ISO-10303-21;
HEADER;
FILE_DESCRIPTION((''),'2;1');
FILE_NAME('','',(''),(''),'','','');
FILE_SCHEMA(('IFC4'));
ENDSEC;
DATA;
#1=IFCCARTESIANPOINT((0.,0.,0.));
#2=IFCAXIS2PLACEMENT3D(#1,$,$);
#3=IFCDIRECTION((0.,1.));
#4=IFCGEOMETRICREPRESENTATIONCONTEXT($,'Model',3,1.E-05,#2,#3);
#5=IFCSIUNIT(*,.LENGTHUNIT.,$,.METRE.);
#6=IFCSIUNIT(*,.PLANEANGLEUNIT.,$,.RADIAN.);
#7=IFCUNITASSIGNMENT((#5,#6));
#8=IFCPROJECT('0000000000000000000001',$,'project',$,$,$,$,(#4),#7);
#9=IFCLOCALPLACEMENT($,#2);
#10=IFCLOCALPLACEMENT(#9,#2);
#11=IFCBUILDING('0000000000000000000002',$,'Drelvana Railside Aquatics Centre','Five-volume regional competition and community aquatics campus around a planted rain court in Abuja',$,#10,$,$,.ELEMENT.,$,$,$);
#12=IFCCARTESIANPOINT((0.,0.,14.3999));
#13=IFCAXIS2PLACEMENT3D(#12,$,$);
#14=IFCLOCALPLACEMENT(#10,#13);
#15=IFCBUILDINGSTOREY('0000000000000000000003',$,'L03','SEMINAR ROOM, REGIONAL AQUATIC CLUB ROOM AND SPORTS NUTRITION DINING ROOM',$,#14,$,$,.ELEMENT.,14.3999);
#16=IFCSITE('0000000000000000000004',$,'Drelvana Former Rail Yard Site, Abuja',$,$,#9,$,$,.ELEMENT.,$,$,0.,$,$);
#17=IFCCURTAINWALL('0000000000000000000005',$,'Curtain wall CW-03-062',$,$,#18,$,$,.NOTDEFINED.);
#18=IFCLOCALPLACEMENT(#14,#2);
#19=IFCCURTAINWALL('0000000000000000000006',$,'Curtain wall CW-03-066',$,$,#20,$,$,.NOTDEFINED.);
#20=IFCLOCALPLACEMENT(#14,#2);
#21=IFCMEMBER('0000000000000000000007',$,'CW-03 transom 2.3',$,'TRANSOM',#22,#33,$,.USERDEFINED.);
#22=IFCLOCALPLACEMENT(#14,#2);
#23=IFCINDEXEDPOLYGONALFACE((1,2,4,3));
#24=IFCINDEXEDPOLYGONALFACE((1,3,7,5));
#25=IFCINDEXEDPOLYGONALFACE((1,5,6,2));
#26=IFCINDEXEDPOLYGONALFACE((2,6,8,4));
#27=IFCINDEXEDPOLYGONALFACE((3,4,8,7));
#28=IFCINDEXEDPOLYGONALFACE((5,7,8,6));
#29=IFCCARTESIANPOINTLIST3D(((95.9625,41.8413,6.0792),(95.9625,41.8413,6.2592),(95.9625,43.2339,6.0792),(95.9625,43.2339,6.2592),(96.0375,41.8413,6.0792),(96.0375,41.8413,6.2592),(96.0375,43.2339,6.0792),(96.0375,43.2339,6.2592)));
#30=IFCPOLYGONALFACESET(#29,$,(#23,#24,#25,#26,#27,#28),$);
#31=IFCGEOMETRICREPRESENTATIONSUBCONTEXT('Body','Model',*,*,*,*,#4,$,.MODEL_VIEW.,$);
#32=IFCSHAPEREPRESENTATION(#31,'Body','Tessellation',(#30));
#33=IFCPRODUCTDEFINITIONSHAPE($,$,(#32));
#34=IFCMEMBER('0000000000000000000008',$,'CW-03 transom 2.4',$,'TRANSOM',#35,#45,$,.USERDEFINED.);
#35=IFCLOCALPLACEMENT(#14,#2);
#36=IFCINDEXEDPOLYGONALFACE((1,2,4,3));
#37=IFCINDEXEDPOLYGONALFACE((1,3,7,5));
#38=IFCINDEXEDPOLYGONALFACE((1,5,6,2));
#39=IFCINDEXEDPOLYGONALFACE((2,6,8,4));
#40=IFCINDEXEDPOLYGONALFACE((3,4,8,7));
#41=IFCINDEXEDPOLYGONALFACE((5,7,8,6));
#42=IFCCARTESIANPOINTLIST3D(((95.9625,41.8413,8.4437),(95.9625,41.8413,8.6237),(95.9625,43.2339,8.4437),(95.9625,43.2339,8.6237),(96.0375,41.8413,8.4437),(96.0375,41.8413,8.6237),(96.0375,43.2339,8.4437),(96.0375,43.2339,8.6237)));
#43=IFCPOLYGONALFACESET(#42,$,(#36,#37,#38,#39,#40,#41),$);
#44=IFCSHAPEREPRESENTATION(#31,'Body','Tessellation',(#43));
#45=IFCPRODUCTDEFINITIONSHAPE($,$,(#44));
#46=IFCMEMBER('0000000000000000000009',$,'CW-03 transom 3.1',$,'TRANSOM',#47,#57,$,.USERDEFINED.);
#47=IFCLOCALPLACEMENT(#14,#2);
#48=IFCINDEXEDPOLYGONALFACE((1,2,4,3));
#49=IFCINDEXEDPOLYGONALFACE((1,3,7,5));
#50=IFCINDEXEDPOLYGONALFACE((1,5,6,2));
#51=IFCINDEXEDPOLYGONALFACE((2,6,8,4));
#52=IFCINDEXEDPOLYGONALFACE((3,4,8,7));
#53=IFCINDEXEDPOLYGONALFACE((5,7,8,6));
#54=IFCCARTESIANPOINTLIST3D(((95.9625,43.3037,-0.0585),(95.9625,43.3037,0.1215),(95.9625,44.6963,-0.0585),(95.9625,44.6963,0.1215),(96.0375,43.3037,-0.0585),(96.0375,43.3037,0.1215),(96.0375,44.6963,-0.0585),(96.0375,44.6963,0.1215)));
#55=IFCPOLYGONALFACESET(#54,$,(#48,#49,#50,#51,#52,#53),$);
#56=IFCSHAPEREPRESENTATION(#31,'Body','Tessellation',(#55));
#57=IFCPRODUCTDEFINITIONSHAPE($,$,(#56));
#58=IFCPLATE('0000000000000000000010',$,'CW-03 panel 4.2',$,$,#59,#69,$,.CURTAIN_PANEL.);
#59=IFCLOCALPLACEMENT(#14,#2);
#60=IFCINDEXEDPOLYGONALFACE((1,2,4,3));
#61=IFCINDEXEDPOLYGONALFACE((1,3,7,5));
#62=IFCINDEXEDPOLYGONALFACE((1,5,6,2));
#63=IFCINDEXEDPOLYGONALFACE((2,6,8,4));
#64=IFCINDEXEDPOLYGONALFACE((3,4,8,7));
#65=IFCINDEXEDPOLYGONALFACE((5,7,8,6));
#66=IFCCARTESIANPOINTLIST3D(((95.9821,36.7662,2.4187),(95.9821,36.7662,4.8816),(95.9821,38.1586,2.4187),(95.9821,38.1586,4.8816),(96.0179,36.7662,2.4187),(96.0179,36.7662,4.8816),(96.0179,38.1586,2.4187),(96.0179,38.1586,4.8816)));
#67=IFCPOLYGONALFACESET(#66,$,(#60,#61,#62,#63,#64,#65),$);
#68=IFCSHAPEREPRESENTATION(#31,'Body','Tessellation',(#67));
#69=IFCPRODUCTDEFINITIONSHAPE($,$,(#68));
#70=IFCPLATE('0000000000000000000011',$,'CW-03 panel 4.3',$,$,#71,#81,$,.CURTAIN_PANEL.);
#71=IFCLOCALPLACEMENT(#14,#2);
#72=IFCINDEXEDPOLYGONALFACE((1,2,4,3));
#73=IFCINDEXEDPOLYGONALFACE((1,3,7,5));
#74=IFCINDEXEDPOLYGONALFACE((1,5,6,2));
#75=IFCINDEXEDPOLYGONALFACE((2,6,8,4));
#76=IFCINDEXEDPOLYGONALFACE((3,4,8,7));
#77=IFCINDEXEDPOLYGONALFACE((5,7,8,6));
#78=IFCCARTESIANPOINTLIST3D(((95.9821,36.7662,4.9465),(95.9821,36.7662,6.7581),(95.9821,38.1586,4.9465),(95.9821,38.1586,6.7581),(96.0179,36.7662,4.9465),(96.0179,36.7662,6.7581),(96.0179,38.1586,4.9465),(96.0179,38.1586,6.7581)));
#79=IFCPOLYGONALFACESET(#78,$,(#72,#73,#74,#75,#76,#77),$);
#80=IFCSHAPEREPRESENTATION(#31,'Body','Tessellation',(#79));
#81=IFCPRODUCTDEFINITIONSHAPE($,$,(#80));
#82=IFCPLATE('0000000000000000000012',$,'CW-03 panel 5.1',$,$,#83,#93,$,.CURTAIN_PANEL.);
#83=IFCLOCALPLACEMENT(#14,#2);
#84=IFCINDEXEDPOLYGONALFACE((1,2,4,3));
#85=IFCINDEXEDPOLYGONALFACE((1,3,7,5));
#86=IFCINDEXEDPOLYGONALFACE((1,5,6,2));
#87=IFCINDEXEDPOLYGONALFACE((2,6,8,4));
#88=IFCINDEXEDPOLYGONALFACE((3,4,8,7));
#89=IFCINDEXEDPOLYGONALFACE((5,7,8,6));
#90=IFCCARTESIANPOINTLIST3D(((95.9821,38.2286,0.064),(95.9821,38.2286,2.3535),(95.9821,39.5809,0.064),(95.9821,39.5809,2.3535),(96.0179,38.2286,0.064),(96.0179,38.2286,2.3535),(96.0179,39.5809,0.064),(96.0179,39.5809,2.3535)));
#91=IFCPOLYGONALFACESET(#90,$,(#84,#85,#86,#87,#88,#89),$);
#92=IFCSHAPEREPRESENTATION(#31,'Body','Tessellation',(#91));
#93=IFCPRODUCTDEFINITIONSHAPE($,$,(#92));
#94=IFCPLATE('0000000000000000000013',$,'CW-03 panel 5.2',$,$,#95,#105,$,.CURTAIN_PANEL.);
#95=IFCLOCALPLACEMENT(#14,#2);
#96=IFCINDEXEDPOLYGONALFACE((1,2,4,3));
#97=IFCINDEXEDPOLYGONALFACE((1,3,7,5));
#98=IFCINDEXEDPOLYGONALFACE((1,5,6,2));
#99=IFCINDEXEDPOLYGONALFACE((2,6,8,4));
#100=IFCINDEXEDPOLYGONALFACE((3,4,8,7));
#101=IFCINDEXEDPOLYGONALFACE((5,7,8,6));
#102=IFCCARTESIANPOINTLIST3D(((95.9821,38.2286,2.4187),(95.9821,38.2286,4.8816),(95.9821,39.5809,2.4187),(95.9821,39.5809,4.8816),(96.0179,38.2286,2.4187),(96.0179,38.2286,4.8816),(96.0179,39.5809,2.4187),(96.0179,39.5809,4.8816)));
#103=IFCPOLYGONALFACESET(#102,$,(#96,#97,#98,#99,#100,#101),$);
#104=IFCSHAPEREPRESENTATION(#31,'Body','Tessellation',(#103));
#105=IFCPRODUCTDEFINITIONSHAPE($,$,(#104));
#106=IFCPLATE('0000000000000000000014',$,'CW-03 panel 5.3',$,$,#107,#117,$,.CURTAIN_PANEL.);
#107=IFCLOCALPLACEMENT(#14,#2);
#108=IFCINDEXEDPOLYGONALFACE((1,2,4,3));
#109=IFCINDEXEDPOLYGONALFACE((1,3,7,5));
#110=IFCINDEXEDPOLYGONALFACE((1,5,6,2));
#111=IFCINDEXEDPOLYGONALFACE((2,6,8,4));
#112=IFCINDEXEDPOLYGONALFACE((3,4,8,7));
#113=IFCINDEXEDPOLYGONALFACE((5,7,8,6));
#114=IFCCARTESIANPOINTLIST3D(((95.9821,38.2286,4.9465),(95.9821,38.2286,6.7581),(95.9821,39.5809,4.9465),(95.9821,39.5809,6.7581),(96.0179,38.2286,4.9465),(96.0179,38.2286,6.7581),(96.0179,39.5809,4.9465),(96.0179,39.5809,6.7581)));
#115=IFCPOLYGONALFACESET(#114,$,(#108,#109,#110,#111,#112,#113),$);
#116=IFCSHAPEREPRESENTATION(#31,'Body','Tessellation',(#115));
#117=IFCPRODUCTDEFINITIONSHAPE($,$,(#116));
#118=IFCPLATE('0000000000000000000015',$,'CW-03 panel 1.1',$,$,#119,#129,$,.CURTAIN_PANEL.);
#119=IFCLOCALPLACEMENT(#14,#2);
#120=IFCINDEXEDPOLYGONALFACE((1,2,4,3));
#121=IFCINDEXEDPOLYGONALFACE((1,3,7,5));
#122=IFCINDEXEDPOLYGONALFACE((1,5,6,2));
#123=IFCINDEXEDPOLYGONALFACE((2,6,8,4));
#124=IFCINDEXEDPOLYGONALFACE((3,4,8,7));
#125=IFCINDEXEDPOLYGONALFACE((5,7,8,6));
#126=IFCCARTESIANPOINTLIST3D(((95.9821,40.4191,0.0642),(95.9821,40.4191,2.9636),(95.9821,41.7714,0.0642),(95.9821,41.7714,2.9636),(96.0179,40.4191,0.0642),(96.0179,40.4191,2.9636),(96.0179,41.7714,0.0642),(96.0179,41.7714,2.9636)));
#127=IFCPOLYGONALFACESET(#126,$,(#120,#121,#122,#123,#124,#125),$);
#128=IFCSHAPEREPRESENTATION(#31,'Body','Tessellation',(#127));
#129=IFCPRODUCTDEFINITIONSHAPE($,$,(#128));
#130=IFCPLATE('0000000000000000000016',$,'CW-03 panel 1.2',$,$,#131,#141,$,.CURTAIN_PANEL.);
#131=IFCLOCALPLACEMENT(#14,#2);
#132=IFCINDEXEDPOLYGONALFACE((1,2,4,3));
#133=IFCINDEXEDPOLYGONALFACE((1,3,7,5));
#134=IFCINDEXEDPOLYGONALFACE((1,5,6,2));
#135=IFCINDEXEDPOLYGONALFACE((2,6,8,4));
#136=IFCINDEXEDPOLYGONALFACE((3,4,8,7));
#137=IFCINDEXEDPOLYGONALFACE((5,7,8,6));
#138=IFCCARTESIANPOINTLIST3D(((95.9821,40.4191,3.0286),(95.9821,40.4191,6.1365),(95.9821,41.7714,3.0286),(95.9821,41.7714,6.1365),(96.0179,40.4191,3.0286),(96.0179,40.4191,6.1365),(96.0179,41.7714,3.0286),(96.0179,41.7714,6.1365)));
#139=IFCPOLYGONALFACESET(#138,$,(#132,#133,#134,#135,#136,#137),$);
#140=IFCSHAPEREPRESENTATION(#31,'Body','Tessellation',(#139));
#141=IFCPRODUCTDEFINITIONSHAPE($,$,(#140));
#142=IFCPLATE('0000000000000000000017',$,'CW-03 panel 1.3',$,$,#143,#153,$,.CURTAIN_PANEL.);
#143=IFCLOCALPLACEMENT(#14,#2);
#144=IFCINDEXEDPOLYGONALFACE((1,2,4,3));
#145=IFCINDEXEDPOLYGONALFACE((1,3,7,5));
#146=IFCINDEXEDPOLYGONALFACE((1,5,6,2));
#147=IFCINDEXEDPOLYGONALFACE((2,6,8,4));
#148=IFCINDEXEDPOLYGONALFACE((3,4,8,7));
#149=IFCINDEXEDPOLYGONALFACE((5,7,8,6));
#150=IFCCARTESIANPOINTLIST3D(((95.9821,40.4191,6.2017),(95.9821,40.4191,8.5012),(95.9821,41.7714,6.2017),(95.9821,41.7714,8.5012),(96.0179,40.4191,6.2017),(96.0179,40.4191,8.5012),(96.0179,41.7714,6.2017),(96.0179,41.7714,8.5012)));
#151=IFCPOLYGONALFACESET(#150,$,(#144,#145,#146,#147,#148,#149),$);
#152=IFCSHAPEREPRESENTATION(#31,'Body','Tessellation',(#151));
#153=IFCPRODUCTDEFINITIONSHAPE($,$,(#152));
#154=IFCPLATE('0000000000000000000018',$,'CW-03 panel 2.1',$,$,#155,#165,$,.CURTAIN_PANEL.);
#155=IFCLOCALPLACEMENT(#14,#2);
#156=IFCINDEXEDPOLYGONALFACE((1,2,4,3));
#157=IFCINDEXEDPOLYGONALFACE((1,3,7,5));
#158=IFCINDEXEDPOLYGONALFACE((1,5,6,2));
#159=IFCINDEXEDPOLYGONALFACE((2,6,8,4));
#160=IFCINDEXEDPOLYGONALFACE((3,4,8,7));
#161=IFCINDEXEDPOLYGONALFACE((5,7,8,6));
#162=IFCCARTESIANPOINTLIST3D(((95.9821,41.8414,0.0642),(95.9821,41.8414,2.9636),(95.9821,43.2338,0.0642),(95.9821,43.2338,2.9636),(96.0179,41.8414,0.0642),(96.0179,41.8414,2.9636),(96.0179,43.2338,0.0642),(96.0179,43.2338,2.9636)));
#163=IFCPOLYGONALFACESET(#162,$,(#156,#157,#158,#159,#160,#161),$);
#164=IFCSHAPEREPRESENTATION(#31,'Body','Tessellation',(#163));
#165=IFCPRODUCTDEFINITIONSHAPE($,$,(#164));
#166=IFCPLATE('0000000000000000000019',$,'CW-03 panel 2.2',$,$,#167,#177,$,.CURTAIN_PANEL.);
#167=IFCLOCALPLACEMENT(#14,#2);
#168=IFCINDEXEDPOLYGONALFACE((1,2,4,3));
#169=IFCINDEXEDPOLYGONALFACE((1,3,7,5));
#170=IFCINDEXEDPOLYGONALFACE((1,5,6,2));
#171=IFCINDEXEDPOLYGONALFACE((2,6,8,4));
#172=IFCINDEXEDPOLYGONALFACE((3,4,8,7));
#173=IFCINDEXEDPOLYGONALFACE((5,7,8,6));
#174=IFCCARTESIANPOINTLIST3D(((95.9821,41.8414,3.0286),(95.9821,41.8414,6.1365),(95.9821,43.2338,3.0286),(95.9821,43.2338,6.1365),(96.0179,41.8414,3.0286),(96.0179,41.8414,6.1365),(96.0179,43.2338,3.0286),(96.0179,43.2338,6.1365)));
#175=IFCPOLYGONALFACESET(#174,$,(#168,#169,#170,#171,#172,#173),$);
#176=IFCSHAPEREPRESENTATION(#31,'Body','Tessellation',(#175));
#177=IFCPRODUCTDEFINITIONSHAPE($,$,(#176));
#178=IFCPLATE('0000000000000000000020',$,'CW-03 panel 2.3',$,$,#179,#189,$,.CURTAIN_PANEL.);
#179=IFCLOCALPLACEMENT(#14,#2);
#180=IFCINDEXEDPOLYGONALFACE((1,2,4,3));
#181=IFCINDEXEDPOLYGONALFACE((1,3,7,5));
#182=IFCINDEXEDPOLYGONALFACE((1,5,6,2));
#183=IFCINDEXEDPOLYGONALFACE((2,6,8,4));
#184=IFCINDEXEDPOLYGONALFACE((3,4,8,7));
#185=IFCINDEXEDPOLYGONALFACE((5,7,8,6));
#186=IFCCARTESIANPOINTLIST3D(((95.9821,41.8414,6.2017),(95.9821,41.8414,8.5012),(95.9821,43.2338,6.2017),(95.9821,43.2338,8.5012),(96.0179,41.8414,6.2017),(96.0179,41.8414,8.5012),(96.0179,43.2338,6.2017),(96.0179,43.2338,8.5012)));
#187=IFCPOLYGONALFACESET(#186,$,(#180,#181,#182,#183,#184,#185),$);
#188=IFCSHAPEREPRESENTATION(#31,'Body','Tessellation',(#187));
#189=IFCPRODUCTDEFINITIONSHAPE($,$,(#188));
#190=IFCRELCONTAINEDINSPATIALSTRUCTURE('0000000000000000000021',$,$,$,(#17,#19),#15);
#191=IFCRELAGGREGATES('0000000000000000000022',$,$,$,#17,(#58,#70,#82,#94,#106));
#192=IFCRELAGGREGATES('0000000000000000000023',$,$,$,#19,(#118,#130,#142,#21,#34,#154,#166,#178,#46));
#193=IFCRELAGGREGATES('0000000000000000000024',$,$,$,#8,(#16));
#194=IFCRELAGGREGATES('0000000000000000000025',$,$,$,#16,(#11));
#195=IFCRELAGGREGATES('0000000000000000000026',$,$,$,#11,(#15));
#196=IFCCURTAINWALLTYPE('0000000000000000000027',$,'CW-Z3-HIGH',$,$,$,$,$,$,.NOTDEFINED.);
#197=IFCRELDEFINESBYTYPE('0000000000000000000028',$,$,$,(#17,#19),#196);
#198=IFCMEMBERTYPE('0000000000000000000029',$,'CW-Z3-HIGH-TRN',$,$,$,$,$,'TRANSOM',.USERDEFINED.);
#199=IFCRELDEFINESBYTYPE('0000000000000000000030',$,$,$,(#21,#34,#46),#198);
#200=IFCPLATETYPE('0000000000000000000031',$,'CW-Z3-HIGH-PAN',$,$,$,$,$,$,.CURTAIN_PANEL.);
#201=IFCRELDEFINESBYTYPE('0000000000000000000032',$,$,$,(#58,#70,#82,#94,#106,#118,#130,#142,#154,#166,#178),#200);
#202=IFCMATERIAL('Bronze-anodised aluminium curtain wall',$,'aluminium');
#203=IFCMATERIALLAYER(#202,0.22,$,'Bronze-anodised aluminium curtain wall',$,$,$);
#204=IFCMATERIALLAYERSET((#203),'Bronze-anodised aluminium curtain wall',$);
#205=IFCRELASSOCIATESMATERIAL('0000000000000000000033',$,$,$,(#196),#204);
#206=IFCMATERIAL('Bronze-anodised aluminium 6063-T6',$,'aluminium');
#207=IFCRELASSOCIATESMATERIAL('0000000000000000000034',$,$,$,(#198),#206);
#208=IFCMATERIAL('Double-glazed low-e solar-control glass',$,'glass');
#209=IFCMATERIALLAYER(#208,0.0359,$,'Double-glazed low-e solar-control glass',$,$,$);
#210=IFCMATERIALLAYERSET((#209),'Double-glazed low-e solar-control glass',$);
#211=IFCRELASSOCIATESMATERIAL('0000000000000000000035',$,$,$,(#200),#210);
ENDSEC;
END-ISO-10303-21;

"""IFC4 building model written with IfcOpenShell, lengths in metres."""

from ifc_helpers import new_model, si_unit, direction, frame, origin, origin_2d, place, context, subcontext, project, spatial, rectangle, extrude, material, layer, layer_set, material_profile, profile_set, type_object, element, aggregate, save


model = new_model("IFC4")

# Units and contexts
model_context = context("Model", 3, precision=1e-05, world=origin(), true_north=direction((0.0, 1.0)))
body_context = subcontext(model_context, "Body", "Model", "MODEL_VIEW")
ifc_project = project(units=[si_unit("LENGTHUNIT", "METRE"), si_unit("PLANEANGLEUNIT", "RADIAN")], contexts=[model_context])

# Site, building, storey
site_placement = place(None, origin())
site = spatial("IfcSite", under=ifc_project, at=site_placement, Name="Drelvana Former Rail Yard Site, Abuja", CompositionType="ELEMENT", RefElevation=0.0)
building_placement = place(site_placement, origin())
building = spatial("IfcBuilding", under=site, at=building_placement, Name="Drelvana Railside Aquatics Centre", Description="Five-volume regional competition and community aquatics campus around a planted rain court in Abuja", CompositionType="ELEMENT")
storey_placement = place(building_placement, frame((0.0, 0.0, 14.3999)))
storey = spatial("IfcBuildingStorey", under=building, at=storey_placement, Name="L03", Description="SEMINAR ROOM, REGIONAL AQUATIC CLUB ROOM AND SPORTS NUTRITION DINING ROOM", CompositionType="ELEMENT", Elevation=14.3999)

# Curtain walls
ifc_material_1 = material(Name="Bronze-anodised aluminium curtain wall", Category="aluminium")
ifc_layer_1 = layer(ifc_material_1, 0.22, Name="Bronze-anodised aluminium curtain wall")
ifc_layer_set_1 = layer_set([ifc_layer_1], Name="Bronze-anodised aluminium curtain wall")
curtain_wall_type = type_object("IfcCurtainWallType", Name="CW-Z3-HIGH", PredefinedType="NOTDEFINED", material=ifc_layer_set_1)
curtain_wall_1_placement = place(storey_placement, origin())
curtain_wall_1 = element("IfcCurtainWall", 1, at=curtain_wall_1_placement, inside=storey, type_object=curtain_wall_type, Name="Curtain wall CW-03-062", PredefinedType="NOTDEFINED")
ifc_material_2 = material(Name="Bronze-anodised aluminium 6063-T6", Category="aluminium")
curtain_wall_2_placement = place(storey_placement, origin())
curtain_wall_2 = element("IfcCurtainWall", 2, at=curtain_wall_2_placement, inside=storey, type_object=curtain_wall_type, Name="Curtain wall CW-03-066", PredefinedType="NOTDEFINED")

# Members
ifc_material_profile_1 = material_profile(ifc_material_2, rectangle(XDim=0.1799, YDim=0.075, at=origin_2d()), Name="ALU-T 75x180")
ifc_profile_set_1 = profile_set([ifc_material_profile_1], Name="Bronze-anodised aluminium 6063-T6")
member_type_1 = type_object("IfcMemberType", Name="CW-Z3-HIGH-TRN", ElementType="TRANSOM", PredefinedType="USERDEFINED", material=ifc_profile_set_1)
member_1_placement = place(storey_placement, frame((96.0, 41.8413, 6.1692), z_axis=(0.0, 1.0, 0.0), x_axis=(0.0, 0.0, 1.0)))
member_1 = element("IfcMember", 3, at=member_1_placement, type_object=member_type_1, Name="CW-03 transom 2.3", ObjectType="TRANSOM", PredefinedType="USERDEFINED", context=body_context, shape_type="SweptSolid", body=[
    extrude(rectangle(XDim=0.1799, YDim=0.075, at=origin_2d()), origin(), (0.0, 0.0, 1.0), 1.3926),
])
member_2_placement = place(storey_placement, frame((96.0, 41.8413, 8.5337), z_axis=(0.0, 1.0, 0.0), x_axis=(0.0, 0.0, 1.0)))
member_2 = element("IfcMember", 4, at=member_2_placement, type_object=member_type_1, Name="CW-03 transom 2.4", ObjectType="TRANSOM", PredefinedType="USERDEFINED", context=body_context, shape_type="SweptSolid", body=[
    extrude(rectangle(XDim=0.1799, YDim=0.075, at=origin_2d()), origin(), (0.0, 0.0, 1.0), 1.3926),
])
member_3_placement = place(storey_placement, frame((96.0, 43.3037, 0.0315), z_axis=(0.0, 1.0, 0.0), x_axis=(0.0, 0.0, 1.0)))
member_3 = element("IfcMember", 5, at=member_3_placement, type_object=member_type_1, Name="CW-03 transom 3.1", ObjectType="TRANSOM", PredefinedType="USERDEFINED", context=body_context, shape_type="SweptSolid", body=[
    extrude(rectangle(XDim=0.1799, YDim=0.075, at=origin_2d()), origin(), (0.0, 0.0, 1.0), 1.3926),
])

# Plates
ifc_material_3 = material(Name="Double-glazed low-e solar-control glass", Category="glass")
ifc_layer_2 = layer(ifc_material_3, 0.0359, Name="Double-glazed low-e solar-control glass")
ifc_layer_set_2 = layer_set([ifc_layer_2], Name="Double-glazed low-e solar-control glass")
plate_type = type_object("IfcPlateType", Name="CW-Z3-HIGH-PAN", PredefinedType="CURTAIN_PANEL", material=ifc_layer_set_2)
plate_1_placement = place(storey_placement, frame((96.0, 37.4624, 2.4187), z_axis=(0.0, 0.0, 1.0), x_axis=(0.0, 1.0, 0.0)))
plate_1 = element("IfcPlate", 6, at=plate_1_placement, type_object=plate_type, Name="CW-03 panel 4.2", PredefinedType="CURTAIN_PANEL", context=body_context, shape_type="SweptSolid", body=[
    extrude(rectangle(XDim=1.3923, YDim=0.0359, at=origin_2d()), origin(), (0.0, 0.0, 1.0), 2.4629),
])
plate_2_placement = place(storey_placement, frame((96.0, 37.4624, 4.9465), z_axis=(0.0, 0.0, 1.0), x_axis=(0.0, 1.0, 0.0)))
plate_2 = element("IfcPlate", 7, at=plate_2_placement, type_object=plate_type, Name="CW-03 panel 4.3", PredefinedType="CURTAIN_PANEL", context=body_context, shape_type="SweptSolid", body=[
    extrude(rectangle(XDim=1.3923, YDim=0.0359, at=origin_2d()), origin(), (0.0, 0.0, 1.0), 1.8115),
])
plate_3_placement = place(storey_placement, frame((96.0, 38.9048, 0.064), z_axis=(0.0, 0.0, 1.0), x_axis=(0.0, 1.0, 0.0)))
plate_3 = element("IfcPlate", 8, at=plate_3_placement, type_object=plate_type, Name="CW-03 panel 5.1", PredefinedType="CURTAIN_PANEL", context=body_context, shape_type="SweptSolid", body=[
    extrude(rectangle(XDim=1.3523, YDim=0.0359, at=origin_2d()), origin(), (0.0, 0.0, 1.0), 2.2896),
])
plate_4_placement = place(storey_placement, frame((96.0, 38.9048, 2.4187), z_axis=(0.0, 0.0, 1.0), x_axis=(0.0, 1.0, 0.0)))
plate_4 = element("IfcPlate", 9, at=plate_4_placement, type_object=plate_type, Name="CW-03 panel 5.2", PredefinedType="CURTAIN_PANEL", context=body_context, shape_type="SweptSolid", body=[
    extrude(rectangle(XDim=1.3523, YDim=0.0359, at=origin_2d()), origin(), (0.0, 0.0, 1.0), 2.4629),
])
plate_5_placement = place(storey_placement, frame((96.0, 38.9048, 4.9465), z_axis=(0.0, 0.0, 1.0), x_axis=(0.0, 1.0, 0.0)))
plate_5 = element("IfcPlate", 10, at=plate_5_placement, type_object=plate_type, Name="CW-03 panel 5.3", PredefinedType="CURTAIN_PANEL", context=body_context, shape_type="SweptSolid", body=[
    extrude(rectangle(XDim=1.3523, YDim=0.0359, at=origin_2d()), origin(), (0.0, 0.0, 1.0), 1.8115),
])
aggregate(curtain_wall_1, [plate_1, plate_2, plate_3, plate_4, plate_5])
plate_6_placement = place(storey_placement, frame((96.0, 41.0952, 0.0642), z_axis=(0.0, 0.0, 1.0), x_axis=(0.0, 1.0, 0.0)))
plate_6 = element("IfcPlate", 11, at=plate_6_placement, type_object=plate_type, Name="CW-03 panel 1.1", PredefinedType="CURTAIN_PANEL", context=body_context, shape_type="SweptSolid", body=[
    extrude(rectangle(XDim=1.3523, YDim=0.0359, at=origin_2d()), origin(), (0.0, 0.0, 1.0), 2.8994),
])
plate_7_placement = place(storey_placement, frame((96.0, 41.0952, 3.0286), z_axis=(0.0, 0.0, 1.0), x_axis=(0.0, 1.0, 0.0)))
plate_7 = element("IfcPlate", 12, at=plate_7_placement, type_object=plate_type, Name="CW-03 panel 1.2", PredefinedType="CURTAIN_PANEL", context=body_context, shape_type="SweptSolid", body=[
    extrude(rectangle(XDim=1.3523, YDim=0.0359, at=origin_2d()), origin(), (0.0, 0.0, 1.0), 3.1079),
])
plate_8_placement = place(storey_placement, frame((96.0, 41.0952, 6.2017), z_axis=(0.0, 0.0, 1.0), x_axis=(0.0, 1.0, 0.0)))
plate_8 = element("IfcPlate", 13, at=plate_8_placement, type_object=plate_type, Name="CW-03 panel 1.3", PredefinedType="CURTAIN_PANEL", context=body_context, shape_type="SweptSolid", body=[
    extrude(rectangle(XDim=1.3523, YDim=0.0359, at=origin_2d()), origin(), (0.0, 0.0, 1.0), 2.2996),
])
plate_9_placement = place(storey_placement, frame((96.0, 42.5376, 0.0642), z_axis=(0.0, 0.0, 1.0), x_axis=(0.0, 1.0, 0.0)))
plate_9 = element("IfcPlate", 14, at=plate_9_placement, type_object=plate_type, Name="CW-03 panel 2.1", PredefinedType="CURTAIN_PANEL", context=body_context, shape_type="SweptSolid", body=[
    extrude(rectangle(XDim=1.3923, YDim=0.0359, at=origin_2d()), origin(), (0.0, 0.0, 1.0), 2.8994),
])
plate_10_placement = place(storey_placement, frame((96.0, 42.5376, 3.0286), z_axis=(0.0, 0.0, 1.0), x_axis=(0.0, 1.0, 0.0)))
plate_10 = element("IfcPlate", 15, at=plate_10_placement, type_object=plate_type, Name="CW-03 panel 2.2", PredefinedType="CURTAIN_PANEL", context=body_context, shape_type="SweptSolid", body=[
    extrude(rectangle(XDim=1.3923, YDim=0.0359, at=origin_2d()), origin(), (0.0, 0.0, 1.0), 3.1079),
])
plate_11_placement = place(storey_placement, frame((96.0, 42.5376, 6.2017), z_axis=(0.0, 0.0, 1.0), x_axis=(0.0, 1.0, 0.0)))
plate_11 = element("IfcPlate", 16, at=plate_11_placement, type_object=plate_type, Name="CW-03 panel 2.3", PredefinedType="CURTAIN_PANEL", context=body_context, shape_type="SweptSolid", body=[
    extrude(rectangle(XDim=1.3923, YDim=0.0359, at=origin_2d()), origin(), (0.0, 0.0, 1.0), 2.2996),
])
aggregate(curtain_wall_2, [plate_6, plate_7, plate_8, member_1, member_2, plate_9, plate_10, plate_11, member_3])

save(model, "model.ifc")
